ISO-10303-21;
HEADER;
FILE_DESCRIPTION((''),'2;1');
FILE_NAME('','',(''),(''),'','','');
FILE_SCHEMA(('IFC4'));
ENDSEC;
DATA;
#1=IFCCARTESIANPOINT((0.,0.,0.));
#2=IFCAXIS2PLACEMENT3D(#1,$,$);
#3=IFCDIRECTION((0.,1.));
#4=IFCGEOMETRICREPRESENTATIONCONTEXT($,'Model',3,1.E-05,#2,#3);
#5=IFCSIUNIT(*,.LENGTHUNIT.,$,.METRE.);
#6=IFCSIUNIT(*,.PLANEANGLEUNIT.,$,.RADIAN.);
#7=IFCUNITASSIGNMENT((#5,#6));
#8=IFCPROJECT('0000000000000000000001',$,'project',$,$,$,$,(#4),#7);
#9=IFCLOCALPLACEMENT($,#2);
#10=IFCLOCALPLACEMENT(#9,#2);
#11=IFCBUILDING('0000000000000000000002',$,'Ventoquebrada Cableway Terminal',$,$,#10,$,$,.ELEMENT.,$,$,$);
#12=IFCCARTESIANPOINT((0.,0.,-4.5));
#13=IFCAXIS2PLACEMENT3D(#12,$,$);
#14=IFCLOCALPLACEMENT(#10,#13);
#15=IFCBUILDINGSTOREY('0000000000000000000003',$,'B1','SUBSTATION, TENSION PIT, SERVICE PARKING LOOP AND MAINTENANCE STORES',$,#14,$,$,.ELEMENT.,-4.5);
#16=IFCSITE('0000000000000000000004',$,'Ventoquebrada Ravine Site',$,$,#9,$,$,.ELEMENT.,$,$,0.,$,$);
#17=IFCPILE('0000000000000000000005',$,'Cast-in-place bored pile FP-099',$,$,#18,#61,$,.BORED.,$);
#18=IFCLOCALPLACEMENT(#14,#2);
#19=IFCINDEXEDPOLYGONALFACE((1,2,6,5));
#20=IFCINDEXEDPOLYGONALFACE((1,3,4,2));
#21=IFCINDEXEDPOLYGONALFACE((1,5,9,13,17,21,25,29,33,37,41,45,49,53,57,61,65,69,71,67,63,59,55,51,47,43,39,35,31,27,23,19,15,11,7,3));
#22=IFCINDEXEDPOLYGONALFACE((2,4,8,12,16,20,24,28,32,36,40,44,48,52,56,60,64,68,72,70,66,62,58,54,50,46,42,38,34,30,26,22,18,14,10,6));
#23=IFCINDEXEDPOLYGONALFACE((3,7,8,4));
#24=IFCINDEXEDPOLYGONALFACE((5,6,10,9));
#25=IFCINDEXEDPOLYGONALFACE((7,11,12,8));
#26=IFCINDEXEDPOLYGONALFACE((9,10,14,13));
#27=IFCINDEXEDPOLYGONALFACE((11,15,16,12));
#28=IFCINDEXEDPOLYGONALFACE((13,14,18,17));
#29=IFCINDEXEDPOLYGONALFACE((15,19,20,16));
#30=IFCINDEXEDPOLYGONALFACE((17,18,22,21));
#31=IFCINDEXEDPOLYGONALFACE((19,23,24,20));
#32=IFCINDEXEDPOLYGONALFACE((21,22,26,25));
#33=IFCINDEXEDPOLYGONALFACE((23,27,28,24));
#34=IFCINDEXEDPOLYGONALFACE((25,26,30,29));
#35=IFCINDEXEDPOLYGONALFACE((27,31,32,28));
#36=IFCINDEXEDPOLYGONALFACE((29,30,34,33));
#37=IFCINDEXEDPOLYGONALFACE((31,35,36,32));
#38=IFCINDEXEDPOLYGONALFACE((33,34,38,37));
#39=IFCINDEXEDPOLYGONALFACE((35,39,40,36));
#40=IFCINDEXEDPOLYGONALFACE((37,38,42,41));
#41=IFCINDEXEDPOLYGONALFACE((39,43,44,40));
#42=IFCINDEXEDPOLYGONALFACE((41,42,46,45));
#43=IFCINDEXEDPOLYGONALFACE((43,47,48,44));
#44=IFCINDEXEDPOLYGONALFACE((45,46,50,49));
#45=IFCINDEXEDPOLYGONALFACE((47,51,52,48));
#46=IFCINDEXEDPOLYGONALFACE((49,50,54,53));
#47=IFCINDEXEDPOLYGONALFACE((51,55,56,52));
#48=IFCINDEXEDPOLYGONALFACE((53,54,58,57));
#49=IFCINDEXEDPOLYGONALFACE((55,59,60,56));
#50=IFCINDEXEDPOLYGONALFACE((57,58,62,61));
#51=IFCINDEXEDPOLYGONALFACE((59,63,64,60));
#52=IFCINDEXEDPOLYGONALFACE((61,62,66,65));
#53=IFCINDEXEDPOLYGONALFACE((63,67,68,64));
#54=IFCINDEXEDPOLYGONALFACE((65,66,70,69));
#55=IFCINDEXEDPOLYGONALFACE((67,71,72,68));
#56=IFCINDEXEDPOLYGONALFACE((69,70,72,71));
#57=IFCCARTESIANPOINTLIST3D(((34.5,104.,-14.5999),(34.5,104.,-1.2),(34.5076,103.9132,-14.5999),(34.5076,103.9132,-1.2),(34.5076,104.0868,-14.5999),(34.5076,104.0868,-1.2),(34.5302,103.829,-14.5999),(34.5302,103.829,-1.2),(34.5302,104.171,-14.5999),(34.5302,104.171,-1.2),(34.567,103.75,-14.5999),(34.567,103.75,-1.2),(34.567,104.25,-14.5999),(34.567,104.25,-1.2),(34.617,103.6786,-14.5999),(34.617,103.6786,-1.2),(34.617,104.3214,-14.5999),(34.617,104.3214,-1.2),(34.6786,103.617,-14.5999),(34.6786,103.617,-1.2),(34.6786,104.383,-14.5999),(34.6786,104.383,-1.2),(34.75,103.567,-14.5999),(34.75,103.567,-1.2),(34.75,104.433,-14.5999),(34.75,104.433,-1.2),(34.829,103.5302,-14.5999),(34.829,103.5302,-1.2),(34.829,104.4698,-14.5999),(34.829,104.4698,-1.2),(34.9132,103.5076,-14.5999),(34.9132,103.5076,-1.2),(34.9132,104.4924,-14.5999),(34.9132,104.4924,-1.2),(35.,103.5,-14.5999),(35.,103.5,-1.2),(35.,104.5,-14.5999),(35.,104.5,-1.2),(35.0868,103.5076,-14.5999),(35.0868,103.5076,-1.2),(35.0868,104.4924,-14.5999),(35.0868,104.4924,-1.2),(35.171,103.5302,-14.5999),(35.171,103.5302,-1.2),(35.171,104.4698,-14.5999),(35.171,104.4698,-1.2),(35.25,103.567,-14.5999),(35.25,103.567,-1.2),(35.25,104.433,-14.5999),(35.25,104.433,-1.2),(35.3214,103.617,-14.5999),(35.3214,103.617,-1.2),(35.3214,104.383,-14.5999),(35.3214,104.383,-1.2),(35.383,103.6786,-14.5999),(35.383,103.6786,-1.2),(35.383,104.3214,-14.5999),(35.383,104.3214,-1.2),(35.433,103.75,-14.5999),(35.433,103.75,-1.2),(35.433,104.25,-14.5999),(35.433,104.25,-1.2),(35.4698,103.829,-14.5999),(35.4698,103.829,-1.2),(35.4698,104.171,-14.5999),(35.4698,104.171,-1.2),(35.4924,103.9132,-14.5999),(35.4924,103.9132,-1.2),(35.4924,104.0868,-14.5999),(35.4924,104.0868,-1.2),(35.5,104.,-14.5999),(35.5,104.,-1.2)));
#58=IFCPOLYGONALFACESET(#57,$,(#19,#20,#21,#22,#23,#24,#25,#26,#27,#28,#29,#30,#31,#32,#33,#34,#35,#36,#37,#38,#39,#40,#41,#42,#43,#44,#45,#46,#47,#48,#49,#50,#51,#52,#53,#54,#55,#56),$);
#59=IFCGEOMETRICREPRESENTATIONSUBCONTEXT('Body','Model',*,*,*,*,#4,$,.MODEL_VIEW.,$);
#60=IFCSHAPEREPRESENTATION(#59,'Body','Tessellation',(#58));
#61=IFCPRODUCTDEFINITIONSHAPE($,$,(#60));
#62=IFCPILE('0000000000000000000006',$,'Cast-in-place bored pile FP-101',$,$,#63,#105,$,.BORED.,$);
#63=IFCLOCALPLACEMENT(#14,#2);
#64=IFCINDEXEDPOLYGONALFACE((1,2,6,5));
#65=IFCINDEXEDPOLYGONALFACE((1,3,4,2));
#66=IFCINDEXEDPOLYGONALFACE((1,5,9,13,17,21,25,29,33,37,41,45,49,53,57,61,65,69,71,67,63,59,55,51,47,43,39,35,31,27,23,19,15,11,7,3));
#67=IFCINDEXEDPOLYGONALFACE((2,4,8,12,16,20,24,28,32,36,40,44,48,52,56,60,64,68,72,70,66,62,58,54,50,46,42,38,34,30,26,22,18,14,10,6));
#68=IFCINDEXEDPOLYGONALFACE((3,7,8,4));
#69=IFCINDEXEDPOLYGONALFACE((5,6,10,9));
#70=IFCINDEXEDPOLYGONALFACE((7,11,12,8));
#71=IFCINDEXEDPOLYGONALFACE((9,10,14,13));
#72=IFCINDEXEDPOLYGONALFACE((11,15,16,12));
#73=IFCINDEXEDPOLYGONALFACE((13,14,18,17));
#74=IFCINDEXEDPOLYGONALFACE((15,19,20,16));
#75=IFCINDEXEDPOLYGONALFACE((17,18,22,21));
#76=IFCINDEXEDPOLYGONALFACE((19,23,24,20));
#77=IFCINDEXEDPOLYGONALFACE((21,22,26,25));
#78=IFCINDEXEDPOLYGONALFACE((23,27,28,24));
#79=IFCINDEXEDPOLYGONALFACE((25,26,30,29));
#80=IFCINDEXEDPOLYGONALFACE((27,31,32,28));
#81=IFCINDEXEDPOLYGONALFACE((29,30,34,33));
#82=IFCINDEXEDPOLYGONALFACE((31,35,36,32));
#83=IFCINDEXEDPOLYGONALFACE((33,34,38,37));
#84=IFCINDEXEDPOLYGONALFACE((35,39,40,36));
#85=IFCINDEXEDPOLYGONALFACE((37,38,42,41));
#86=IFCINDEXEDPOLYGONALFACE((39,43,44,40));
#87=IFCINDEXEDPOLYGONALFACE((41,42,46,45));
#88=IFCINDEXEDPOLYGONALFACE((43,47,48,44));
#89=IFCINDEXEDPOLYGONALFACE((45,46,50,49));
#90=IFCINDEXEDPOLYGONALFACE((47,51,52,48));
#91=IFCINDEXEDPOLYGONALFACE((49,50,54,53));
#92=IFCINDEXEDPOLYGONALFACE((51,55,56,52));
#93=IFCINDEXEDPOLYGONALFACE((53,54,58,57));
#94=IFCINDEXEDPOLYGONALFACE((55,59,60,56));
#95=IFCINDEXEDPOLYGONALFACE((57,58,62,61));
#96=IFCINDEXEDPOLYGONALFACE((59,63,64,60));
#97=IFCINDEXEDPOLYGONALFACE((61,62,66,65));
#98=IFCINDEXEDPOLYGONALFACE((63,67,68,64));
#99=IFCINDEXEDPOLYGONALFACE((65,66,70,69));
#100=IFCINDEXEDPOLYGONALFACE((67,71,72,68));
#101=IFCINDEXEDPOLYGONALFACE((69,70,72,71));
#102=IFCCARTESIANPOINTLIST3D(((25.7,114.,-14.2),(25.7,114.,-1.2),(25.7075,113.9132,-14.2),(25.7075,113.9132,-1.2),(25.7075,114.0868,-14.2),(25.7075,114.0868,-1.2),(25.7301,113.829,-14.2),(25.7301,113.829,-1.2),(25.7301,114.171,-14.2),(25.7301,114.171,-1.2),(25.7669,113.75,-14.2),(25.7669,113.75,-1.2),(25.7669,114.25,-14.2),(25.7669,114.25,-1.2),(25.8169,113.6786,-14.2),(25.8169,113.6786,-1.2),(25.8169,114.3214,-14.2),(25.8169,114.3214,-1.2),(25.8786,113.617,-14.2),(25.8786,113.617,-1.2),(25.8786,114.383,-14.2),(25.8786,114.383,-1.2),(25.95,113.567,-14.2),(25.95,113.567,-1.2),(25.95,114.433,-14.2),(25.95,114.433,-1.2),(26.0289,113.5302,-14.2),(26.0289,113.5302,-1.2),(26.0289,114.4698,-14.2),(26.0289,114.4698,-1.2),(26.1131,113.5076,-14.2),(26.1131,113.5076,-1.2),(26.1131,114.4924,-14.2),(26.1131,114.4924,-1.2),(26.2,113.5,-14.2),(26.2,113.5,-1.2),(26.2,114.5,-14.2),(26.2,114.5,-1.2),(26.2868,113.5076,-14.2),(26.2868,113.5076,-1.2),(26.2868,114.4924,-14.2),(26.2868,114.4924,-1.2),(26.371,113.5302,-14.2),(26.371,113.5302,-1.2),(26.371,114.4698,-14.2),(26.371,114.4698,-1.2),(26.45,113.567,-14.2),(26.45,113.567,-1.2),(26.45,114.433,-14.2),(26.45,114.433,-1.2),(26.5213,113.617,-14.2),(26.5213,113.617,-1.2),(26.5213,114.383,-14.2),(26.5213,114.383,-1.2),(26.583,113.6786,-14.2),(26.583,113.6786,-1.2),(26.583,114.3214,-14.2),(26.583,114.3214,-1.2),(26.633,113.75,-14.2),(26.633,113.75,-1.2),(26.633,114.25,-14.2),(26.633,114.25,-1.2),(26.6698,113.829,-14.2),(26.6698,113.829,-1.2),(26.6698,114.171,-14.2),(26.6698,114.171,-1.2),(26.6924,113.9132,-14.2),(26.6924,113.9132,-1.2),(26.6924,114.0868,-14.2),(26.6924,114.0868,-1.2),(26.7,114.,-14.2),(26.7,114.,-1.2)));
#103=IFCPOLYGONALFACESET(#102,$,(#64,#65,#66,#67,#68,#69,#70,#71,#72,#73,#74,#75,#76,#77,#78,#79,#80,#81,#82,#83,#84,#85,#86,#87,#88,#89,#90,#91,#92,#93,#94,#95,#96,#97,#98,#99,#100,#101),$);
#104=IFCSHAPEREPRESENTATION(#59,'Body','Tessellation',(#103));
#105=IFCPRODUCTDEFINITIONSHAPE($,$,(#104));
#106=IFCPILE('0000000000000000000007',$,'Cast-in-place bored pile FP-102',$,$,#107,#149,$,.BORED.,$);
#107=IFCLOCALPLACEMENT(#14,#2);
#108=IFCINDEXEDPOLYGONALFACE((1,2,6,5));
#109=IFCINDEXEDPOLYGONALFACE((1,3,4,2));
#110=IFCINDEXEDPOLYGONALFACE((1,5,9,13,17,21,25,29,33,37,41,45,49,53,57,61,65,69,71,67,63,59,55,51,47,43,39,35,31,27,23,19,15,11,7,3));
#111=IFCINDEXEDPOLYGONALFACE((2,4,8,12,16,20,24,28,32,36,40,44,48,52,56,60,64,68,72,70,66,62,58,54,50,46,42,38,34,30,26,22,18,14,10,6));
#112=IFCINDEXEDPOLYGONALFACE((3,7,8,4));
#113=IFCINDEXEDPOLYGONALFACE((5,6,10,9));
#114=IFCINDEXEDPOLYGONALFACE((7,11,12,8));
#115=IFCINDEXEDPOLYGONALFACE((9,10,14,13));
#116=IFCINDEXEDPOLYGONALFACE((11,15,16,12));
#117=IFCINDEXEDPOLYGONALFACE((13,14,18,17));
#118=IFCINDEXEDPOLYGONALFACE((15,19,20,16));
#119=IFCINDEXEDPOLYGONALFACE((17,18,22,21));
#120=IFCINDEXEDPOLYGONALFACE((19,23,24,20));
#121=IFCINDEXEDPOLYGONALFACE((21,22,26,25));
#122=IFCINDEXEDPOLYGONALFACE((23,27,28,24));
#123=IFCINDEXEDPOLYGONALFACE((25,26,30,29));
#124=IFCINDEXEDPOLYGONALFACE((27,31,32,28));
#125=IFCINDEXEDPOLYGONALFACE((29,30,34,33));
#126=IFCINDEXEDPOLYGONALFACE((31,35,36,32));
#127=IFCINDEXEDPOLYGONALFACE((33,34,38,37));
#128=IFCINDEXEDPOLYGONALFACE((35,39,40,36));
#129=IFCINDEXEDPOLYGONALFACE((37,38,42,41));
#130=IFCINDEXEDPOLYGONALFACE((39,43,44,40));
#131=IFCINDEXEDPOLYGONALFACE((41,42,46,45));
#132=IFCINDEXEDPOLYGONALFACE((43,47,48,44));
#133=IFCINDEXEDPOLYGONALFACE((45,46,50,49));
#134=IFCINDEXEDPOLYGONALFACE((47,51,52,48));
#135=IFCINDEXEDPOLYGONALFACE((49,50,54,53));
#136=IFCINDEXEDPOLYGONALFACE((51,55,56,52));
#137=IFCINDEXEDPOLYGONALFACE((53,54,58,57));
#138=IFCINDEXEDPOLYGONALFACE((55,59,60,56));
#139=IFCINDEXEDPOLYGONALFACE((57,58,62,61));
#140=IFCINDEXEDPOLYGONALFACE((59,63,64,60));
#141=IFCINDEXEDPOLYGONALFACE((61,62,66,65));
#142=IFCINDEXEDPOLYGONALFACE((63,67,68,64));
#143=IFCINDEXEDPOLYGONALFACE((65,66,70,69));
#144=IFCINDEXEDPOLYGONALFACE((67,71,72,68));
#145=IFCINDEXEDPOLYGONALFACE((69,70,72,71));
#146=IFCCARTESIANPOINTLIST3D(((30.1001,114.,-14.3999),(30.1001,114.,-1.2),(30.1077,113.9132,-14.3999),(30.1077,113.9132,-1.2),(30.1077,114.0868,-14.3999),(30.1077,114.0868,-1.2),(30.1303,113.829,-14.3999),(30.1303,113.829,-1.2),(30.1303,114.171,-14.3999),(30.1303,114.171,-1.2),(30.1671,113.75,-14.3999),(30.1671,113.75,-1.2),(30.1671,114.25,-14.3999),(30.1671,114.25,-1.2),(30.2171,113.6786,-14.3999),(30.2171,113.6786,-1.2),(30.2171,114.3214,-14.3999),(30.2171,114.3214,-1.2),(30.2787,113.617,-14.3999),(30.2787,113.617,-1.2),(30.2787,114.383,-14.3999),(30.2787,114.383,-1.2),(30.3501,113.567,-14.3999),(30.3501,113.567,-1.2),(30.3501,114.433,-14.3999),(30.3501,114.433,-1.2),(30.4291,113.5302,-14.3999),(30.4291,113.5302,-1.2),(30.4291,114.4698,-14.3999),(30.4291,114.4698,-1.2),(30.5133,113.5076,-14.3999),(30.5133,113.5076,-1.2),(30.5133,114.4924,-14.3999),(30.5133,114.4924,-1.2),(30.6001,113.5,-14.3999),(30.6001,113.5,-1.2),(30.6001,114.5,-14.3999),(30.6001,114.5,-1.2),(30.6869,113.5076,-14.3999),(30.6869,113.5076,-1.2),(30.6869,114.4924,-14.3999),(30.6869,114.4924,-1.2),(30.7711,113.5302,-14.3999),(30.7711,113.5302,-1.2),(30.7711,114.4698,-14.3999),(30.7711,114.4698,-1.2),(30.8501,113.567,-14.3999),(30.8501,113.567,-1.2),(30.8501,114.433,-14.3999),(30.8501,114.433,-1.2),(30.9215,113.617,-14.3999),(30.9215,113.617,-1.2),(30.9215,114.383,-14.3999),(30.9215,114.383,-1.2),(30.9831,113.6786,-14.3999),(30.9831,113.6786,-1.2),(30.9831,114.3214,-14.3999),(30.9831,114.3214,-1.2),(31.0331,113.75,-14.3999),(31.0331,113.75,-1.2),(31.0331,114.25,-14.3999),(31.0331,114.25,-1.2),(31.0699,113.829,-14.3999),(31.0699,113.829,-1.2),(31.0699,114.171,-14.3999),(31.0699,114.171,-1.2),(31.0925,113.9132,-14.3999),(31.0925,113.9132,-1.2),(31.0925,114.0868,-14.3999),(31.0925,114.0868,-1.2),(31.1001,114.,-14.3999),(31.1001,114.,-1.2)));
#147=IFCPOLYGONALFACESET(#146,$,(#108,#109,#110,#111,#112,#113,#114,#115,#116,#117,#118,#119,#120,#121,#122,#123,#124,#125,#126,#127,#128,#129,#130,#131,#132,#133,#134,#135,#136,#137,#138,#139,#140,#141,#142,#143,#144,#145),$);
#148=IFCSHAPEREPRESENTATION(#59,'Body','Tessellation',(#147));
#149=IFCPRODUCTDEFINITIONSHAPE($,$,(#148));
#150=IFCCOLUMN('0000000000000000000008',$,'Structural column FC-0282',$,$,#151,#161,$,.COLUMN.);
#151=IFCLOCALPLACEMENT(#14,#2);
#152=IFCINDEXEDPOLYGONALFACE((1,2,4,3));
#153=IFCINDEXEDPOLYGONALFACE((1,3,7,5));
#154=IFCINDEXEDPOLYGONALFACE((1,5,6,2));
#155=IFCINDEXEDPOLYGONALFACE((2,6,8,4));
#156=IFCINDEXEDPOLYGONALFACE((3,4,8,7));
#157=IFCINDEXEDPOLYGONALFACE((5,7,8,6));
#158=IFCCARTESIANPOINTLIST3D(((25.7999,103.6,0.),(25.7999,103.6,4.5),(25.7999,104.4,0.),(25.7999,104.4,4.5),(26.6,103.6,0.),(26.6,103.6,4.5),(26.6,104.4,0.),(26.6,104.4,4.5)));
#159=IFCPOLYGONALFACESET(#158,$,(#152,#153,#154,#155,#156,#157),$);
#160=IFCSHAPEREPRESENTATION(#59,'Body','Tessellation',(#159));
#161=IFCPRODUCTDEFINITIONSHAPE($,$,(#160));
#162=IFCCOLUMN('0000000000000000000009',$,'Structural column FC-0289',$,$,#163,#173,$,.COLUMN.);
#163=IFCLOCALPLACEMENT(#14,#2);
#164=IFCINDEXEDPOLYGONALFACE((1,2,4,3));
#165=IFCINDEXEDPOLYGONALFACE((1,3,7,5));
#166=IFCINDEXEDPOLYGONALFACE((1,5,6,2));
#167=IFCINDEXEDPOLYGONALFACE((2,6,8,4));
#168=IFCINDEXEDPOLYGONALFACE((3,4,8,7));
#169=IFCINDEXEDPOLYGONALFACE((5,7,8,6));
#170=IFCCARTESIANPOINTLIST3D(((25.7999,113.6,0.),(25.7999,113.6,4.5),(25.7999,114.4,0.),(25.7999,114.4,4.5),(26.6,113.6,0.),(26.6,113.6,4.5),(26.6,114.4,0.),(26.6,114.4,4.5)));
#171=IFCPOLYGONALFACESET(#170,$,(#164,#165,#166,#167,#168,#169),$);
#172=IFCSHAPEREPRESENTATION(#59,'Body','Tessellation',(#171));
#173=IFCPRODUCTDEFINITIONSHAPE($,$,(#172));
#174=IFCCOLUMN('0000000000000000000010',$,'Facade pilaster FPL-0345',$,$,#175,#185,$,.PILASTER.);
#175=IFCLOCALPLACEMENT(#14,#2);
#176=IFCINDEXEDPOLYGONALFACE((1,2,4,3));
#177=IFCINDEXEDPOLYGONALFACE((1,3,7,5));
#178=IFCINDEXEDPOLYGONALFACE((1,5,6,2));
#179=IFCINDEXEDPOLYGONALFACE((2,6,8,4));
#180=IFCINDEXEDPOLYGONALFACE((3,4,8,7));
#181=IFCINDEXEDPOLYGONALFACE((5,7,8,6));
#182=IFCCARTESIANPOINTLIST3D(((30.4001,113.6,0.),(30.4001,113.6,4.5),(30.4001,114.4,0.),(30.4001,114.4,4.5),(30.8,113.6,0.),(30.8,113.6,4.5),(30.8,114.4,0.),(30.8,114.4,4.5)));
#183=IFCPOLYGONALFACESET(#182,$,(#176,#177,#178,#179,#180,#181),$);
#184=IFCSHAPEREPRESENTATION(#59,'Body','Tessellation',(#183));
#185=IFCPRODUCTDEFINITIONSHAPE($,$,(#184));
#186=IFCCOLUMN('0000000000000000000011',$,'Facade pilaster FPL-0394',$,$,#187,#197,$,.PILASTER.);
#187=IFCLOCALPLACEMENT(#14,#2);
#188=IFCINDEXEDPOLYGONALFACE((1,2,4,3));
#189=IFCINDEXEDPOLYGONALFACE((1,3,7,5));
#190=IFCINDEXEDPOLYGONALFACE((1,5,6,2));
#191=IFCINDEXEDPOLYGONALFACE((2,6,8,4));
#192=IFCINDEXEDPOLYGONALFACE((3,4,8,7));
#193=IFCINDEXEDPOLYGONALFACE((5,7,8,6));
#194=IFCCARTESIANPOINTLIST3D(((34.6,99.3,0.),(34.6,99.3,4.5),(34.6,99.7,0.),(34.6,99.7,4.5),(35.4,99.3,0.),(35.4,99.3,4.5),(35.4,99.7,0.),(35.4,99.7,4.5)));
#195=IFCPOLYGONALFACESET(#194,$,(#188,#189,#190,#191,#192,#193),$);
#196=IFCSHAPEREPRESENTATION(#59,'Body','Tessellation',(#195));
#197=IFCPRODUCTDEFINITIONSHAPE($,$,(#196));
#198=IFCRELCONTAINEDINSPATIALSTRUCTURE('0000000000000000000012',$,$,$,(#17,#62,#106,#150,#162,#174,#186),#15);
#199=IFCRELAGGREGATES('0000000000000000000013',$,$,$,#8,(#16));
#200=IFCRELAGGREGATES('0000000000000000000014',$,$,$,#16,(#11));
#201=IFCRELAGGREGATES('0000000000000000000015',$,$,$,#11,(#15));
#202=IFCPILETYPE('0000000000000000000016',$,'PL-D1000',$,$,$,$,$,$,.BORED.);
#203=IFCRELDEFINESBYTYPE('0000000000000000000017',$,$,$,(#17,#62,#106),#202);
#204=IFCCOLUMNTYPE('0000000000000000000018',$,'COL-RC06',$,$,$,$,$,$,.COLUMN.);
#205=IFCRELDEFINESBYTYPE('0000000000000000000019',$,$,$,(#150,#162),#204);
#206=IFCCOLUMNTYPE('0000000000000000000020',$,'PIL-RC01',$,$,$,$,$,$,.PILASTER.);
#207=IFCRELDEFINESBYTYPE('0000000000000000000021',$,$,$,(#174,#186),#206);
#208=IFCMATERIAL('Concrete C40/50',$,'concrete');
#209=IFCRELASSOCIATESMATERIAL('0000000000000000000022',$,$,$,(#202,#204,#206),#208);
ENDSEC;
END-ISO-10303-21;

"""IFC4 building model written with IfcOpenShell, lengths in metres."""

from ifc_helpers import new_model, si_unit, direction, frame, origin, origin_2d, place, context, subcontext, project, spatial, rectangle, circle, extrude, material, material_profile, profile_set, type_object, element, save


model = new_model("IFC4")

# Units and contexts
model_context = context("Model", 3, precision=1e-05, world=origin(), true_north=direction((0.0, 1.0)))
body_context = subcontext(model_context, "Body", "Model", "MODEL_VIEW")
ifc_project = project(units=[si_unit("LENGTHUNIT", "METRE"), si_unit("PLANEANGLEUNIT", "RADIAN")], contexts=[model_context])

# Site, building, storey
site_placement = place(None, origin())
site = spatial("IfcSite", under=ifc_project, at=site_placement, Name="Ventoquebrada Ravine Site", CompositionType="ELEMENT", RefElevation=0.0)
building_placement = place(site_placement, origin())
building = spatial("IfcBuilding", under=site, at=building_placement, Name="Ventoquebrada Cableway Terminal", CompositionType="ELEMENT")
storey_placement = place(building_placement, frame((0.0, 0.0, -4.5)))
storey = spatial("IfcBuildingStorey", under=building, at=storey_placement, Name="B1", Description="SUBSTATION, TENSION PIT, SERVICE PARKING LOOP AND MAINTENANCE STORES", CompositionType="ELEMENT", Elevation=-4.5)

# Shared definitions
ifc_material_1 = material(Name="Concrete C40/50", Category="concrete")

# Piles
ifc_material_profile_1 = material_profile(ifc_material_1, circle(Radius=0.5, at=origin_2d()), Name="PILE-D1000")
ifc_profile_set_1 = profile_set([ifc_material_profile_1], Name="Concrete C40/50")
pile_type = type_object("IfcPileType", Name="PL-D1000", PredefinedType="BORED", material=ifc_profile_set_1)
pile_1_placement = place(storey_placement, frame((35.0, 104.0, -1.2), z_axis=(0.0, 0.0, -1.0), x_axis=(1.0, 0.0, 0.0)))
element("IfcPile", 1, at=pile_1_placement, inside=storey, type_object=pile_type, Name="Cast-in-place bored pile FP-099", PredefinedType="BORED", context=body_context, shape_type="SweptSolid", body=[
    extrude(circle(Radius=0.5, at=origin_2d()), origin(), (0.0, 0.0, 1.0), 13.3999),
])
pile_2_placement = place(storey_placement, frame((26.2, 114.0, -1.2), z_axis=(0.0, 0.0, -1.0), x_axis=(1.0, 0.0, 0.0)))
element("IfcPile", 2, at=pile_2_placement, inside=storey, type_object=pile_type, Name="Cast-in-place bored pile FP-101", PredefinedType="BORED", context=body_context, shape_type="SweptSolid", body=[
    extrude(circle(Radius=0.5, at=origin_2d()), origin(), (0.0, 0.0, 1.0), 13.0),
])
pile_3_placement = place(storey_placement, frame((30.6001, 114.0, -1.2), z_axis=(0.0, 0.0, -1.0), x_axis=(1.0, 0.0, 0.0)))
element("IfcPile", 3, at=pile_3_placement, inside=storey, type_object=pile_type, Name="Cast-in-place bored pile FP-102", PredefinedType="BORED", context=body_context, shape_type="SweptSolid", body=[
    extrude(circle(Radius=0.5, at=origin_2d()), origin(), (0.0, 0.0, 1.0), 13.2),
])

# Columns
ifc_material_profile_2 = material_profile(ifc_material_1, rectangle(XDim=0.8, YDim=0.8, at=origin_2d()), Name="RC-COL-800X800")
ifc_profile_set_2 = profile_set([ifc_material_profile_2], Name="Concrete C40/50")
column_type_1 = type_object("IfcColumnType", Name="COL-RC06", PredefinedType="COLUMN", material=ifc_profile_set_2)
for number, where, z_axis, x_axis, name in (
    (4, (26.2, 104.0, 0.0), (0.0, 0.0, 1.0), (1.0, 0.0, 0.0), "Structural column FC-0282"),
    (5, (26.2, 114.0, 0.0), (0.0, 0.0, 1.0), (1.0, 0.0, 0.0), "Structural column FC-0289"),
):
    element("IfcColumn", number, at=place(storey_placement, frame(where, z_axis=z_axis, x_axis=x_axis)), inside=storey, type_object=column_type_1, Name=name, PredefinedType="COLUMN", context=body_context, shape_type="SweptSolid", body=[
        extrude(rectangle(XDim=0.8, YDim=0.8, at=origin_2d()), origin(), (0.0, 0.0, 1.0), 4.5),
    ])
ifc_material_profile_3 = material_profile(ifc_material_1, rectangle(XDim=0.3999, YDim=0.8, at=origin_2d()), Name="RC-PIL-400X800")
ifc_profile_set_3 = profile_set([ifc_material_profile_3], Name="Concrete C40/50")
column_type_2 = type_object("IfcColumnType", Name="PIL-RC01", PredefinedType="PILASTER", material=ifc_profile_set_3)
for number, where, z_axis, x_axis, name in (
    (6, (30.6001, 114.0, 0.0), (0.0, 0.0, 1.0), (1.0, 0.0, 0.0), "Facade pilaster FPL-0345"),
    (7, (35.0, 99.5, 0.0), (0.0, 0.0, 1.0), (0.0, 1.0, 0.0), "Facade pilaster FPL-0394"),
):
    element("IfcColumn", number, at=place(storey_placement, frame(where, z_axis=z_axis, x_axis=x_axis)), inside=storey, type_object=column_type_2, Name=name, PredefinedType="PILASTER", context=body_context, shape_type="SweptSolid", body=[
        extrude(rectangle(XDim=0.3999, YDim=0.8, at=origin_2d()), origin(), (0.0, 0.0, 1.0), 4.5),
    ])

save(model, "model.ifc")
